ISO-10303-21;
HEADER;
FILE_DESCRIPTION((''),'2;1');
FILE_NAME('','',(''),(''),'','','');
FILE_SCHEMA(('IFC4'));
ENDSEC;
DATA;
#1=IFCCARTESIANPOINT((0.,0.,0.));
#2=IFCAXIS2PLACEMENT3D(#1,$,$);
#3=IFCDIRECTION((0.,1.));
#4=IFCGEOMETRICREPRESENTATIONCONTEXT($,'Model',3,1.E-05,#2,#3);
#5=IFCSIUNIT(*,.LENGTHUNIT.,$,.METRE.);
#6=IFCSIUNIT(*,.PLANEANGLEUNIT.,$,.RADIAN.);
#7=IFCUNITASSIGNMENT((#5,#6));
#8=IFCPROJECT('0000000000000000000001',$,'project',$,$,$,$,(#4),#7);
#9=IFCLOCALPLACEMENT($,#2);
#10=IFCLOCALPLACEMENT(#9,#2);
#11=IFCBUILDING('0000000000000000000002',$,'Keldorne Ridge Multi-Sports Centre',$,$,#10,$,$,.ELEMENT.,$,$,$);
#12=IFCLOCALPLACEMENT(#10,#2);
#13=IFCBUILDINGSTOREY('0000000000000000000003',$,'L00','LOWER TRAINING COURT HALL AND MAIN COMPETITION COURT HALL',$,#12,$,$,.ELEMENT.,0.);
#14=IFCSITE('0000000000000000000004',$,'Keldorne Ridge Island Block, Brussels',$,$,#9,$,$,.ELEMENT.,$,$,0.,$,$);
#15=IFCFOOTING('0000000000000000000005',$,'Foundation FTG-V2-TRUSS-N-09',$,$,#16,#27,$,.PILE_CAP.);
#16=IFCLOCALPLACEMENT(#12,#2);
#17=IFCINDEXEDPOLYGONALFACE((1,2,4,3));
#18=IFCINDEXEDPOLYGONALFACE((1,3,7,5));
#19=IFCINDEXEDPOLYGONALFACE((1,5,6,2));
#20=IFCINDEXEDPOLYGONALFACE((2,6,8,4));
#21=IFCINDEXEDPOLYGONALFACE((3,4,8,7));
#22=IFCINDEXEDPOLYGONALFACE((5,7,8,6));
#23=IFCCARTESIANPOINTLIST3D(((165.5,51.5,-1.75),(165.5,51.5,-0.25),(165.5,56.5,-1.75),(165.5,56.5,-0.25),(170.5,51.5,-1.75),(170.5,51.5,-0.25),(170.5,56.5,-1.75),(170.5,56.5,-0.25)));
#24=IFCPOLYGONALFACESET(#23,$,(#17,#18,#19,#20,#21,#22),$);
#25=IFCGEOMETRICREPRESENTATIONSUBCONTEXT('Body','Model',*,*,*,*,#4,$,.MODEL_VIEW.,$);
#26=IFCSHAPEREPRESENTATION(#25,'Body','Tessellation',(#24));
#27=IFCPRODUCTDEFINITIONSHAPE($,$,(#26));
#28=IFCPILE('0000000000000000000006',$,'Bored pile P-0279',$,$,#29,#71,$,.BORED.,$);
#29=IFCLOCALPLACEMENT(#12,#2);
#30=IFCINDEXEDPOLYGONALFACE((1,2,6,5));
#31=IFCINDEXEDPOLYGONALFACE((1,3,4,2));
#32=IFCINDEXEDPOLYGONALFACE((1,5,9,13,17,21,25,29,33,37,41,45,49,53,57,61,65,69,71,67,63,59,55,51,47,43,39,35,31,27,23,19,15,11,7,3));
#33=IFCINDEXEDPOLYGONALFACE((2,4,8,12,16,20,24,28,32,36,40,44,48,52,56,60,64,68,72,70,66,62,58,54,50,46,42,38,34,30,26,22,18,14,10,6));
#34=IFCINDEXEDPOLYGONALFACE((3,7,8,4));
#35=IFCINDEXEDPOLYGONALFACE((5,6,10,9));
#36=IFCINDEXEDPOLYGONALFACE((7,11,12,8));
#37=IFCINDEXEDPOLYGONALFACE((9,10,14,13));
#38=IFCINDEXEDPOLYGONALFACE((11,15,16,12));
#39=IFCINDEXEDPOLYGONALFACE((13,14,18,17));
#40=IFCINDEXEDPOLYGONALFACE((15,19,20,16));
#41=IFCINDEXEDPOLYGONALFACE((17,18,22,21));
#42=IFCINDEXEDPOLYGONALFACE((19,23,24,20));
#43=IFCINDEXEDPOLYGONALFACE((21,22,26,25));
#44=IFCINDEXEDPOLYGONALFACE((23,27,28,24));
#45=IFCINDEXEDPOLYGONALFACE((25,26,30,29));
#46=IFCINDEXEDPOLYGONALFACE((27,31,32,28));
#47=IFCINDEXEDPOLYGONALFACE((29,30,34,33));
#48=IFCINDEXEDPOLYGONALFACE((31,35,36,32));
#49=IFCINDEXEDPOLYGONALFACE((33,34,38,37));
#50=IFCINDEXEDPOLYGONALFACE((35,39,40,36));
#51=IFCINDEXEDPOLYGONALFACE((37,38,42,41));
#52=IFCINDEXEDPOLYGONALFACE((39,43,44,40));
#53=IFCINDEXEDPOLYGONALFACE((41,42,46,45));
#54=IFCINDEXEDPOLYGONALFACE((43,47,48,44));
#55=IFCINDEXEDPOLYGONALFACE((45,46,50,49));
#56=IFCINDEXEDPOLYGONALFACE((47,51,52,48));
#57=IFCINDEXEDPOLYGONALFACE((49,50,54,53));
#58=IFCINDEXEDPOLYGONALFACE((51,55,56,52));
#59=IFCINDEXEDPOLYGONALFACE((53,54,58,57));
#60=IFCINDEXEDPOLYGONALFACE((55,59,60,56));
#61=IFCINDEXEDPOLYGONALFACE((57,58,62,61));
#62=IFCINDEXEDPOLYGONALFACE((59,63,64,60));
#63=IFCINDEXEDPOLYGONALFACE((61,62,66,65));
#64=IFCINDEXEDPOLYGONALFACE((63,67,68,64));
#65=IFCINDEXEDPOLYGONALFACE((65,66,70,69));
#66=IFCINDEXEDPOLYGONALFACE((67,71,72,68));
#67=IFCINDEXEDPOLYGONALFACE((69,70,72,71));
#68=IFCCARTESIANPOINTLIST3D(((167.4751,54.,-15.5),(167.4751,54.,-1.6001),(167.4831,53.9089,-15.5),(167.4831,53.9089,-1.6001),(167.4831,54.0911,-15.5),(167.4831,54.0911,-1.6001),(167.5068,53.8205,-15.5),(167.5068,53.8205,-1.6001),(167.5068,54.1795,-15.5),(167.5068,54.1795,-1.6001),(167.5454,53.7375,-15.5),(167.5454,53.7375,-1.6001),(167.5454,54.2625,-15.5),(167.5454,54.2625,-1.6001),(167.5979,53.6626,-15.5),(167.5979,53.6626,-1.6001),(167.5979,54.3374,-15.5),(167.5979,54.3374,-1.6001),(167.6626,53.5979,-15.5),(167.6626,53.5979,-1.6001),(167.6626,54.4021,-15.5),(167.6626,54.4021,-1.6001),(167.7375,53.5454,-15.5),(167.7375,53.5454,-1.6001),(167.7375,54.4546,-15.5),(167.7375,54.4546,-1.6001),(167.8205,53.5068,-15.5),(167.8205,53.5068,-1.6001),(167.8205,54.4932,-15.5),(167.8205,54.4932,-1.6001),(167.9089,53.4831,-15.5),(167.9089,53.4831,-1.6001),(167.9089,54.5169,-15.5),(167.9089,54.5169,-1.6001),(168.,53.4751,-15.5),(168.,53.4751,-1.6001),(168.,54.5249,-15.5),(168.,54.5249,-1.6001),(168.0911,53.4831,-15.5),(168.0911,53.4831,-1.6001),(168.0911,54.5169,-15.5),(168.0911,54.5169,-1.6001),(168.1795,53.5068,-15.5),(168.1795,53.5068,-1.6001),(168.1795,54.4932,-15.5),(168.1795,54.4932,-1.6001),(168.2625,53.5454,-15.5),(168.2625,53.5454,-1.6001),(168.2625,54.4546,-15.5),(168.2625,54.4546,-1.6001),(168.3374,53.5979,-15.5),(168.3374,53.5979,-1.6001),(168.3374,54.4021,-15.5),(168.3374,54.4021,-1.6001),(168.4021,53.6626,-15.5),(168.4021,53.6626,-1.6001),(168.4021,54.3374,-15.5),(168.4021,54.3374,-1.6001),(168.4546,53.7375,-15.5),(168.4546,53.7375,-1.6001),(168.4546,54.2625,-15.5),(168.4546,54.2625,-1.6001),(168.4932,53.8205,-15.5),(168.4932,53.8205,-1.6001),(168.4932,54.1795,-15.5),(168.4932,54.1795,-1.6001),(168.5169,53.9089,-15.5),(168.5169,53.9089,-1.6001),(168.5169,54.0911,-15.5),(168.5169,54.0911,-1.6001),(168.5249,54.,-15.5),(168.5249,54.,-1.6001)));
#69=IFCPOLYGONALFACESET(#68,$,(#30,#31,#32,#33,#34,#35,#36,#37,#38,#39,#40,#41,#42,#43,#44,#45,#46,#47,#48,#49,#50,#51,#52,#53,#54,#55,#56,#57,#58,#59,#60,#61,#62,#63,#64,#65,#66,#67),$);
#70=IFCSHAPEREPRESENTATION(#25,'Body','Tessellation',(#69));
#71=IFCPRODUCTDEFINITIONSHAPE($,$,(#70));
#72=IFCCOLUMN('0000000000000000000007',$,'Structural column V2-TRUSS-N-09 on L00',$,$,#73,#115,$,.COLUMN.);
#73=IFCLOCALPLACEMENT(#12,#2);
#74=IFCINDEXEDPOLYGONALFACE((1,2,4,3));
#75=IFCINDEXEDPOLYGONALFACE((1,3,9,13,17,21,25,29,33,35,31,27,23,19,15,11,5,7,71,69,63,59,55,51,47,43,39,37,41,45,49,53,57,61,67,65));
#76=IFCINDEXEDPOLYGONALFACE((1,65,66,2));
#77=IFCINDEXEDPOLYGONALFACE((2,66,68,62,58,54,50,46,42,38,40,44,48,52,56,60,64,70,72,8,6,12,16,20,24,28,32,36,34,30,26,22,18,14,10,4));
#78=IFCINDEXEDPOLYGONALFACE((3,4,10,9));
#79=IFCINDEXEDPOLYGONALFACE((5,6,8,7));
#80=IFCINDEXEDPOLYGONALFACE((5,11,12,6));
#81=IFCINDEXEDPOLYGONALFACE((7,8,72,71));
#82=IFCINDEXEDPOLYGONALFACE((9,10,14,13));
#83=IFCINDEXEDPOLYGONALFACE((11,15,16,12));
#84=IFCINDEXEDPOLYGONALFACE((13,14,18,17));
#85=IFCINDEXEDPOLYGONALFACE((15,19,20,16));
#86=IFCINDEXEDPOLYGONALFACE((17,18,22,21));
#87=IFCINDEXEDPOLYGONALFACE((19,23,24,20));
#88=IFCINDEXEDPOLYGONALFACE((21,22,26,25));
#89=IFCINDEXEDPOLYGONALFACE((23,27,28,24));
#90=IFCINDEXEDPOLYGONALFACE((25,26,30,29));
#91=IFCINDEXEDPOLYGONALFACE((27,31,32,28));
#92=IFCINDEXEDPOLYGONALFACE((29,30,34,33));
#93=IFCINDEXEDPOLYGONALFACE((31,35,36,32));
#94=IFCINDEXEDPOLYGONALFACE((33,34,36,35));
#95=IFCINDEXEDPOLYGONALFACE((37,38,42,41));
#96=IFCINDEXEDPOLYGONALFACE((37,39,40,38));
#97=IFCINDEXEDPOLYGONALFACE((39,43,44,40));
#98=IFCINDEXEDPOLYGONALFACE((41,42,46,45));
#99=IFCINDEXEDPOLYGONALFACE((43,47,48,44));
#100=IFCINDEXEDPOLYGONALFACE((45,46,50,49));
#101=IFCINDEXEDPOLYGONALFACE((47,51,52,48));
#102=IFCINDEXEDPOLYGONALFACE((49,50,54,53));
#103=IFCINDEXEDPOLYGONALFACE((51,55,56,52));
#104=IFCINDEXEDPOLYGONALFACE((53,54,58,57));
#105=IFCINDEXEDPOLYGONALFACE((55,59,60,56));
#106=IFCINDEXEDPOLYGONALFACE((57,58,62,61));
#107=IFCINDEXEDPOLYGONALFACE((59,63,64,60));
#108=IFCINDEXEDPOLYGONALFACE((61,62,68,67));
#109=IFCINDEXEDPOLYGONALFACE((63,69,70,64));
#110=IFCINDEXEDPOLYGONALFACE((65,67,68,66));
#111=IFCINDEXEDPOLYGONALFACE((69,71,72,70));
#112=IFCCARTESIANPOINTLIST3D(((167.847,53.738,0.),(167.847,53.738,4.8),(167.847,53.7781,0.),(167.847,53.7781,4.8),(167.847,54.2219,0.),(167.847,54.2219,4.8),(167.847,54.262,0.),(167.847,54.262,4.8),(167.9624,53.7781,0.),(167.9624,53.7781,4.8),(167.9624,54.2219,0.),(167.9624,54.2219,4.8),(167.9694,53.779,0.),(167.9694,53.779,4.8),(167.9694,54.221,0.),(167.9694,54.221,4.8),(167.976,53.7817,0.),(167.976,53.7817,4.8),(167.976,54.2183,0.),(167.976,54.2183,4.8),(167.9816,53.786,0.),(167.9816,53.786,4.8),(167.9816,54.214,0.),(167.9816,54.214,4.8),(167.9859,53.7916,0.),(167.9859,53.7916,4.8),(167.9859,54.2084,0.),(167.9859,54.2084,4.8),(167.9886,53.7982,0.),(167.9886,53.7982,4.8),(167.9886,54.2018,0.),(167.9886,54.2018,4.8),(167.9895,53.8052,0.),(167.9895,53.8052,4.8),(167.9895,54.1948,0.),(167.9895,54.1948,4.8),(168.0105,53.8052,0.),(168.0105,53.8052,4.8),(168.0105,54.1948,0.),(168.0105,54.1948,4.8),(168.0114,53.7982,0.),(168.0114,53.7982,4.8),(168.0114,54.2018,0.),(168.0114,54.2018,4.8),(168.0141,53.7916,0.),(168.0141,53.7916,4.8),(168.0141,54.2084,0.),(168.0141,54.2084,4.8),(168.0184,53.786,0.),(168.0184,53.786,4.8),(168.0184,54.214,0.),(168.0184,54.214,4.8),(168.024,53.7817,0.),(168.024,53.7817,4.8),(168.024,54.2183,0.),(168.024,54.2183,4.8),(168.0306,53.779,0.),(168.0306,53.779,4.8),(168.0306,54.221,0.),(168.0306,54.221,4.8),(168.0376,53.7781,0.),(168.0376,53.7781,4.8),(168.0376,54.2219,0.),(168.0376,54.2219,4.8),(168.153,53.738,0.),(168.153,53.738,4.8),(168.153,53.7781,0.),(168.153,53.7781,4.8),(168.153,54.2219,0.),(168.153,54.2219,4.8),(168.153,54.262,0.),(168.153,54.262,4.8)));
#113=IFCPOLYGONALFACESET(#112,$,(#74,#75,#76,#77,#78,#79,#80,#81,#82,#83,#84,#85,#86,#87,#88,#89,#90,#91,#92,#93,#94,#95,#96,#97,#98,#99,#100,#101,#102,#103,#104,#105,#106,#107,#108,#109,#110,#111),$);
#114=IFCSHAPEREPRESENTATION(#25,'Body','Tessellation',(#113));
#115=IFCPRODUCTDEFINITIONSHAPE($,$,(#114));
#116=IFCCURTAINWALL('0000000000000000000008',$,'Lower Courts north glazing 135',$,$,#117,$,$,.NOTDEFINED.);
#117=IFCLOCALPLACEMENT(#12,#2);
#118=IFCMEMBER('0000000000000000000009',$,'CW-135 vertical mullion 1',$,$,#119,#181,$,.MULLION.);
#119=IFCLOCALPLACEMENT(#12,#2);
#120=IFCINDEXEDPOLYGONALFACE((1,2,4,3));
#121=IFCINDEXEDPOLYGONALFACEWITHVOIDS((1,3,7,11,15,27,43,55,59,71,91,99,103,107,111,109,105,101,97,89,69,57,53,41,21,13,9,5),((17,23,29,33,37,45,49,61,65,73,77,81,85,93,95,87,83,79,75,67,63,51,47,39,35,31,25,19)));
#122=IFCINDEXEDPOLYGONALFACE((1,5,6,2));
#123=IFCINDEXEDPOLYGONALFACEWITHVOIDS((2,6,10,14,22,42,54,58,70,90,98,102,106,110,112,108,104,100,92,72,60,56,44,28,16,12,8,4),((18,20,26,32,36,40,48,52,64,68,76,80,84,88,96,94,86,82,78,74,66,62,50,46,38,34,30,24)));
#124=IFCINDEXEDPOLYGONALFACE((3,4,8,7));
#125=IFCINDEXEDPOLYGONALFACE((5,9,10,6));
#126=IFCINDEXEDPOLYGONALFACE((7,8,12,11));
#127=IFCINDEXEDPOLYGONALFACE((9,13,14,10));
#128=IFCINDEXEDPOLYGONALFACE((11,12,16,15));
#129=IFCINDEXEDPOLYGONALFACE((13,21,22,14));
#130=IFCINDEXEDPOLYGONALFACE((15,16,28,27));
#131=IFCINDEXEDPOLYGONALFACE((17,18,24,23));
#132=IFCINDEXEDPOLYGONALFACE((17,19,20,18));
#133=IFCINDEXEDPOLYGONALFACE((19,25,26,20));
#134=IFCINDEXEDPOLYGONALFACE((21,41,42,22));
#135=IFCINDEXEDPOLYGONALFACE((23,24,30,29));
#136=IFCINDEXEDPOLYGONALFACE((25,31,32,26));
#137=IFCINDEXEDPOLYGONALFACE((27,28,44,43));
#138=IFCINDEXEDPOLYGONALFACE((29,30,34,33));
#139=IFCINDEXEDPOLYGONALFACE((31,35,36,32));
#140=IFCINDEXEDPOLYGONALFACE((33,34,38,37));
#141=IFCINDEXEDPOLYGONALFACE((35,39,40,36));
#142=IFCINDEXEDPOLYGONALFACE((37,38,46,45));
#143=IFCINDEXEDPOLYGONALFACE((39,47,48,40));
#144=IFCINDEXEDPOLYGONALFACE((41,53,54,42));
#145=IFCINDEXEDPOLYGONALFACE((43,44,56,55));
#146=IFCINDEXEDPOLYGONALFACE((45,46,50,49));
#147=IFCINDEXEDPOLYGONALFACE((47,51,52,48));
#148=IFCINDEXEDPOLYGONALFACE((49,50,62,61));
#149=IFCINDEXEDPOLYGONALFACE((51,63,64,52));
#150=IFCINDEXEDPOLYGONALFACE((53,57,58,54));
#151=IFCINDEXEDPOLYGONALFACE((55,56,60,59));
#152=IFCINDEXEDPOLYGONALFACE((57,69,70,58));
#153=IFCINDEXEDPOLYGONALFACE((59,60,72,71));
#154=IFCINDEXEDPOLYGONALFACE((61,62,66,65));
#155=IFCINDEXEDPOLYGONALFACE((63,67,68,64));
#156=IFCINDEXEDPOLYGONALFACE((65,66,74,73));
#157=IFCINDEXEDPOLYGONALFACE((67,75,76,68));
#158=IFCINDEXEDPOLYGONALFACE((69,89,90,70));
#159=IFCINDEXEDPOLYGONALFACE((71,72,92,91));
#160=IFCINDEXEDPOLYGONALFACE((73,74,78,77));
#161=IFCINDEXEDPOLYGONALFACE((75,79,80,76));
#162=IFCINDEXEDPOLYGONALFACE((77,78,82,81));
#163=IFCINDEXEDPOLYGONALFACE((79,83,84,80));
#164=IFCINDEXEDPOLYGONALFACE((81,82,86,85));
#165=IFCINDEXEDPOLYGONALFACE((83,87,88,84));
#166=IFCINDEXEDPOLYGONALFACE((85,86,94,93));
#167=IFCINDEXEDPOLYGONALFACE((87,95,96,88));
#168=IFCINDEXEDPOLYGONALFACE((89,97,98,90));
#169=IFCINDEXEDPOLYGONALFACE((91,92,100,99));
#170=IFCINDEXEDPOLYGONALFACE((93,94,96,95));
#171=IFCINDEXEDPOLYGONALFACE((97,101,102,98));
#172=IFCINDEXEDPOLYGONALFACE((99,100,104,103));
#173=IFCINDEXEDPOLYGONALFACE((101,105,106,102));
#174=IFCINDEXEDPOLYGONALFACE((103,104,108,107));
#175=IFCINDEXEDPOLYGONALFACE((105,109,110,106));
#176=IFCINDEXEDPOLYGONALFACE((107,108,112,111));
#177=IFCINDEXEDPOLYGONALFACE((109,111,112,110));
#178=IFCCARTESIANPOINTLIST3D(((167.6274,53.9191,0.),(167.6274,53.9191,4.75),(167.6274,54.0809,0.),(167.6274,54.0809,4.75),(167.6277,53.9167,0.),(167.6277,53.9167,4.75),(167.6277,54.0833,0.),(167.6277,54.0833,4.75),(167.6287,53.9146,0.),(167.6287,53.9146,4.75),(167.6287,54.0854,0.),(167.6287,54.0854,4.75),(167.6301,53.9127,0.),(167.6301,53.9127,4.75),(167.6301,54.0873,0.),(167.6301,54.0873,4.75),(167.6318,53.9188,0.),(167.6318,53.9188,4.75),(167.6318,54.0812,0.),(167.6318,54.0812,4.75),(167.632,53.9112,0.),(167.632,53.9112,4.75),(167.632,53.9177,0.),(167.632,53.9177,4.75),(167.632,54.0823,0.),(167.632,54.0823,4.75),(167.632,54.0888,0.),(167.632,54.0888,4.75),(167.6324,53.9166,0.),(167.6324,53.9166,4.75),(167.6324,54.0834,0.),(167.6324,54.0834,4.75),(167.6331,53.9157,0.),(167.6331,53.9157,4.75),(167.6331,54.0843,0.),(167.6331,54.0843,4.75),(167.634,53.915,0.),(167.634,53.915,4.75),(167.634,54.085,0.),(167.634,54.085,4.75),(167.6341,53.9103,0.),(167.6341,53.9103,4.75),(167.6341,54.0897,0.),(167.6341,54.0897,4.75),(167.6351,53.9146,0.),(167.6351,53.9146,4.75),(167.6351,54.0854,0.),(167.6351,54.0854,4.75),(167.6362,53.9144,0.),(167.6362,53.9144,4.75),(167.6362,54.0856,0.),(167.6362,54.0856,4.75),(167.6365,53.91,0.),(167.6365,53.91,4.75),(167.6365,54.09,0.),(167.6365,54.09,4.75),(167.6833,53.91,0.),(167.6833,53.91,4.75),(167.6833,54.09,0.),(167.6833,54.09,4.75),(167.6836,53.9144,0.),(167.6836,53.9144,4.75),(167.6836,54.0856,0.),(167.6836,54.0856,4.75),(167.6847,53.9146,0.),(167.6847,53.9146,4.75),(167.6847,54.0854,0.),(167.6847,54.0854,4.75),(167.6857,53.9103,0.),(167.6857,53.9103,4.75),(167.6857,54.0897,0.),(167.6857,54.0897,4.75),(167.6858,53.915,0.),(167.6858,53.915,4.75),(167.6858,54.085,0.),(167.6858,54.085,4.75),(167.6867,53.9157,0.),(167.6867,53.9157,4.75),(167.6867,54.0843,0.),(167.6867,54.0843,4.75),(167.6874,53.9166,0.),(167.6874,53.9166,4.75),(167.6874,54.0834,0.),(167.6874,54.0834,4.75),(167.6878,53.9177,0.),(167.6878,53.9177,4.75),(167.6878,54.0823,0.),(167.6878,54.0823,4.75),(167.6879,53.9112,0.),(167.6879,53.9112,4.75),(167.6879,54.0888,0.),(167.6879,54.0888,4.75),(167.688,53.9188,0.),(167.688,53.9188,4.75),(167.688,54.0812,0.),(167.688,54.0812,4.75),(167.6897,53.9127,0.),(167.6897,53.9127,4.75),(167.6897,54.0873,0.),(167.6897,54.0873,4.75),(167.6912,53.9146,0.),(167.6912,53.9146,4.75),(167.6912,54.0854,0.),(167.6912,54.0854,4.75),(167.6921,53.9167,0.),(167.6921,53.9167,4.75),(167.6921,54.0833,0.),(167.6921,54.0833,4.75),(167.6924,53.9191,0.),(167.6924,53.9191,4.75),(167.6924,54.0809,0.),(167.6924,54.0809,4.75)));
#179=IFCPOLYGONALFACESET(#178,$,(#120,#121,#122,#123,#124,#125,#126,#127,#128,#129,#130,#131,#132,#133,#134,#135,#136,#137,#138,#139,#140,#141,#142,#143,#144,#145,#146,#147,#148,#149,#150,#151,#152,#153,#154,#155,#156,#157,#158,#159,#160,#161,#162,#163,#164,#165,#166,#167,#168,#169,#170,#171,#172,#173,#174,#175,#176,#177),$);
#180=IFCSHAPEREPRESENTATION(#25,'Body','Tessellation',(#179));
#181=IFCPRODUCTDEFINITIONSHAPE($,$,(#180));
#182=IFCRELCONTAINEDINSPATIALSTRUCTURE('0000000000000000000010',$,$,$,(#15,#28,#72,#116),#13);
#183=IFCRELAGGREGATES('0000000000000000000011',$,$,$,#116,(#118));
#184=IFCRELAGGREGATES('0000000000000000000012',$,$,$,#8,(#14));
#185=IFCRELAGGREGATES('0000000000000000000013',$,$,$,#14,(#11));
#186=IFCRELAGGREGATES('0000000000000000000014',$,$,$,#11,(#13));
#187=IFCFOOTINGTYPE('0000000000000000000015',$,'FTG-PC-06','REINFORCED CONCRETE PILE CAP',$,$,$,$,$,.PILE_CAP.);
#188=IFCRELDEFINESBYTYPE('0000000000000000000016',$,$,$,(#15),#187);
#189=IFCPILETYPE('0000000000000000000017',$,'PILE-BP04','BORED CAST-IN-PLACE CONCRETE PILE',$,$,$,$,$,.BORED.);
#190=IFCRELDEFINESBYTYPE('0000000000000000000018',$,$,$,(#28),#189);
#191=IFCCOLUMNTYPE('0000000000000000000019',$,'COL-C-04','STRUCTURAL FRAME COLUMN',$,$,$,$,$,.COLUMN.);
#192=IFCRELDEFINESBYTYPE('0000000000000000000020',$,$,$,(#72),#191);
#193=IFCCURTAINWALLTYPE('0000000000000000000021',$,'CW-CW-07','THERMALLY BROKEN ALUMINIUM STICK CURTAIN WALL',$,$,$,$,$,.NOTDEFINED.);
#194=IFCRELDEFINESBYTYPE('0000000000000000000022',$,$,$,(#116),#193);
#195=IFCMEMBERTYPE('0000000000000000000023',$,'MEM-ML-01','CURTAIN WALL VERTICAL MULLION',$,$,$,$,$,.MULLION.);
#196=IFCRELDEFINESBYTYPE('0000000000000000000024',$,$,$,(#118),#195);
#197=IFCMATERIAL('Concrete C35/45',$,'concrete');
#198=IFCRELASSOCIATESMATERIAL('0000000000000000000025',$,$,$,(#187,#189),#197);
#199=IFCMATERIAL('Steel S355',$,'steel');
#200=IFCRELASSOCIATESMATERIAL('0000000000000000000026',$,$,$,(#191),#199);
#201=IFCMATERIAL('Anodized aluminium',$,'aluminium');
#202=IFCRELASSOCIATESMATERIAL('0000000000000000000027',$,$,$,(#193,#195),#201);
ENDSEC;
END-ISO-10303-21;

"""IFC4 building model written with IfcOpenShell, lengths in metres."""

from ifc_helpers import new_model, si_unit, direction, frame, origin, origin_2d, place, context, subcontext, project, spatial, rectangle, hollow_rectangle, circle, i_section, extrude, material, material_profile, profile_set, type_object, element, aggregate, save


model = new_model("IFC4")

# Units and contexts
model_context = context("Model", 3, precision=1e-05, world=origin(), true_north=direction((0.0, 1.0)))
body_context = subcontext(model_context, "Body", "Model", "MODEL_VIEW")
ifc_project = project(units=[si_unit("LENGTHUNIT", "METRE"), si_unit("PLANEANGLEUNIT", "RADIAN")], contexts=[model_context])

# Site, building, storey
site_placement = place(None, origin())
site = spatial("IfcSite", under=ifc_project, at=site_placement, Name="Keldorne Ridge Island Block, Brussels", CompositionType="ELEMENT", RefElevation=0.0)
building_placement = place(site_placement, origin())
building = spatial("IfcBuilding", under=site, at=building_placement, Name="Keldorne Ridge Multi-Sports Centre", CompositionType="ELEMENT")
storey_placement = place(building_placement, origin())
storey = spatial("IfcBuildingStorey", under=building, at=storey_placement, Name="L00", Description="LOWER TRAINING COURT HALL AND MAIN COMPETITION COURT HALL", CompositionType="ELEMENT", Elevation=0.0)

# Footing
ifc_material_1 = material(Name="Concrete C35/45", Category="concrete")
footing_type = type_object("IfcFootingType", Name="FTG-PC-06", Description="REINFORCED CONCRETE PILE CAP", PredefinedType="PILE_CAP", material=ifc_material_1)
footing_placement = place(storey_placement, frame((168.0, 54.0, -1.75), z_axis=(0.0, 0.0, 1.0), x_axis=(1.0, 0.0, 0.0)))
element("IfcFooting", 1, at=footing_placement, inside=storey, type_object=footing_type, Name="Foundation FTG-V2-TRUSS-N-09", PredefinedType="PILE_CAP", context=body_context, shape_type="SweptSolid", body=[
    extrude(rectangle(XDim=5.0, YDim=5.0, at=origin_2d()), origin(), (0.0, 0.0, 1.0), 1.5),
])

# Pile
ifc_material_profile_1 = material_profile(ifc_material_1, circle(Radius=0.5249, at=origin_2d()), Name="BORED PILE D1050")
ifc_profile_set_1 = profile_set([ifc_material_profile_1], Name="Concrete C35/45")
pile_type = type_object("IfcPileType", Name="PILE-BP04", Description="BORED CAST-IN-PLACE CONCRETE PILE", PredefinedType="BORED", material=ifc_profile_set_1)
pile_placement = place(storey_placement, frame((168.0, 54.0, -1.6001), z_axis=(0.0, 0.0, -1.0), x_axis=(1.0, 0.0, 0.0)))
element("IfcPile", 2, at=pile_placement, inside=storey, type_object=pile_type, Name="Bored pile P-0279", PredefinedType="BORED", context=body_context, shape_type="SweptSolid", body=[
    extrude(circle(Radius=0.5249, at=origin_2d()), origin(), (0.0, 0.0, 1.0), 13.8999),
])

# Column
ifc_material_2 = material(Name="Steel S355", Category="steel")
ifc_material_profile_2 = material_profile(ifc_material_2, i_section(OverallWidth=0.3059, OverallDepth=0.5239, WebThickness=0.021, FlangeThickness=0.04, FilletRadius=0.0271, at=origin_2d()), Name="HEM 500")
ifc_profile_set_2 = profile_set([ifc_material_profile_2], Name="Steel S355")
column_type = type_object("IfcColumnType", Name="COL-C-04", Description="STRUCTURAL FRAME COLUMN", PredefinedType="COLUMN", material=ifc_profile_set_2)
column_placement = place(storey_placement, frame((168.0, 54.0, 0.0), z_axis=(0.0, 0.0, 1.0), x_axis=(1.0, 0.0, 0.0)))
element("IfcColumn", 3, at=column_placement, inside=storey, type_object=column_type, Name="Structural column V2-TRUSS-N-09 on L00", PredefinedType="COLUMN", context=body_context, shape_type="SweptSolid", body=[
    extrude(i_section(OverallWidth=0.3059, OverallDepth=0.5239, WebThickness=0.021, FlangeThickness=0.04, FilletRadius=0.0271, at=origin_2d()), origin(), (0.0, 0.0, 1.0), 4.8),
])

# Curtain wall, member
ifc_material_3 = material(Name="Anodized aluminium", Category="aluminium")
curtain_wall_type = type_object("IfcCurtainWallType", Name="CW-CW-07", Description="THERMALLY BROKEN ALUMINIUM STICK CURTAIN WALL", PredefinedType="NOTDEFINED", material=ifc_material_3)
curtain_wall_placement = place(storey_placement, origin())
curtain_wall = element("IfcCurtainWall", 4, at=curtain_wall_placement, inside=storey, type_object=curtain_wall_type, Name="Lower Courts north glazing 135", PredefinedType="NOTDEFINED")
ifc_material_profile_3 = material_profile(ifc_material_3, hollow_rectangle(XDim=0.0649, YDim=0.1799, WallThickness=0.0044, InnerFilletRadius=0.0044, OuterFilletRadius=0.009, at=origin_2d()), Name="ALU MULLION 180x65x4.5")
ifc_profile_set_3 = profile_set([ifc_material_profile_3], Name="Anodized aluminium")
member_type_1 = type_object("IfcMemberType", Name="MEM-ML-01", Description="CURTAIN WALL VERTICAL MULLION", PredefinedType="MULLION", material=ifc_profile_set_3)
member_1_placement = place(storey_placement, frame((167.6599, 54.0, 0.0), z_axis=(0.0, 0.0, 1.0), x_axis=(1.0, 0.0, 0.0)))
member_1 = element("IfcMember", 5, at=member_1_placement, type_object=member_type_1, Name="CW-135 vertical mullion 1", PredefinedType="MULLION", context=body_context, shape_type="SweptSolid", body=[
    extrude(hollow_rectangle(XDim=0.0649, YDim=0.1799, WallThickness=0.0044, InnerFilletRadius=0.0044, OuterFilletRadius=0.009, at=origin_2d()), origin(), (0.0, 0.0, 1.0), 4.75),
])
aggregate(curtain_wall, [member_1])

save(model, "model.ifc")
